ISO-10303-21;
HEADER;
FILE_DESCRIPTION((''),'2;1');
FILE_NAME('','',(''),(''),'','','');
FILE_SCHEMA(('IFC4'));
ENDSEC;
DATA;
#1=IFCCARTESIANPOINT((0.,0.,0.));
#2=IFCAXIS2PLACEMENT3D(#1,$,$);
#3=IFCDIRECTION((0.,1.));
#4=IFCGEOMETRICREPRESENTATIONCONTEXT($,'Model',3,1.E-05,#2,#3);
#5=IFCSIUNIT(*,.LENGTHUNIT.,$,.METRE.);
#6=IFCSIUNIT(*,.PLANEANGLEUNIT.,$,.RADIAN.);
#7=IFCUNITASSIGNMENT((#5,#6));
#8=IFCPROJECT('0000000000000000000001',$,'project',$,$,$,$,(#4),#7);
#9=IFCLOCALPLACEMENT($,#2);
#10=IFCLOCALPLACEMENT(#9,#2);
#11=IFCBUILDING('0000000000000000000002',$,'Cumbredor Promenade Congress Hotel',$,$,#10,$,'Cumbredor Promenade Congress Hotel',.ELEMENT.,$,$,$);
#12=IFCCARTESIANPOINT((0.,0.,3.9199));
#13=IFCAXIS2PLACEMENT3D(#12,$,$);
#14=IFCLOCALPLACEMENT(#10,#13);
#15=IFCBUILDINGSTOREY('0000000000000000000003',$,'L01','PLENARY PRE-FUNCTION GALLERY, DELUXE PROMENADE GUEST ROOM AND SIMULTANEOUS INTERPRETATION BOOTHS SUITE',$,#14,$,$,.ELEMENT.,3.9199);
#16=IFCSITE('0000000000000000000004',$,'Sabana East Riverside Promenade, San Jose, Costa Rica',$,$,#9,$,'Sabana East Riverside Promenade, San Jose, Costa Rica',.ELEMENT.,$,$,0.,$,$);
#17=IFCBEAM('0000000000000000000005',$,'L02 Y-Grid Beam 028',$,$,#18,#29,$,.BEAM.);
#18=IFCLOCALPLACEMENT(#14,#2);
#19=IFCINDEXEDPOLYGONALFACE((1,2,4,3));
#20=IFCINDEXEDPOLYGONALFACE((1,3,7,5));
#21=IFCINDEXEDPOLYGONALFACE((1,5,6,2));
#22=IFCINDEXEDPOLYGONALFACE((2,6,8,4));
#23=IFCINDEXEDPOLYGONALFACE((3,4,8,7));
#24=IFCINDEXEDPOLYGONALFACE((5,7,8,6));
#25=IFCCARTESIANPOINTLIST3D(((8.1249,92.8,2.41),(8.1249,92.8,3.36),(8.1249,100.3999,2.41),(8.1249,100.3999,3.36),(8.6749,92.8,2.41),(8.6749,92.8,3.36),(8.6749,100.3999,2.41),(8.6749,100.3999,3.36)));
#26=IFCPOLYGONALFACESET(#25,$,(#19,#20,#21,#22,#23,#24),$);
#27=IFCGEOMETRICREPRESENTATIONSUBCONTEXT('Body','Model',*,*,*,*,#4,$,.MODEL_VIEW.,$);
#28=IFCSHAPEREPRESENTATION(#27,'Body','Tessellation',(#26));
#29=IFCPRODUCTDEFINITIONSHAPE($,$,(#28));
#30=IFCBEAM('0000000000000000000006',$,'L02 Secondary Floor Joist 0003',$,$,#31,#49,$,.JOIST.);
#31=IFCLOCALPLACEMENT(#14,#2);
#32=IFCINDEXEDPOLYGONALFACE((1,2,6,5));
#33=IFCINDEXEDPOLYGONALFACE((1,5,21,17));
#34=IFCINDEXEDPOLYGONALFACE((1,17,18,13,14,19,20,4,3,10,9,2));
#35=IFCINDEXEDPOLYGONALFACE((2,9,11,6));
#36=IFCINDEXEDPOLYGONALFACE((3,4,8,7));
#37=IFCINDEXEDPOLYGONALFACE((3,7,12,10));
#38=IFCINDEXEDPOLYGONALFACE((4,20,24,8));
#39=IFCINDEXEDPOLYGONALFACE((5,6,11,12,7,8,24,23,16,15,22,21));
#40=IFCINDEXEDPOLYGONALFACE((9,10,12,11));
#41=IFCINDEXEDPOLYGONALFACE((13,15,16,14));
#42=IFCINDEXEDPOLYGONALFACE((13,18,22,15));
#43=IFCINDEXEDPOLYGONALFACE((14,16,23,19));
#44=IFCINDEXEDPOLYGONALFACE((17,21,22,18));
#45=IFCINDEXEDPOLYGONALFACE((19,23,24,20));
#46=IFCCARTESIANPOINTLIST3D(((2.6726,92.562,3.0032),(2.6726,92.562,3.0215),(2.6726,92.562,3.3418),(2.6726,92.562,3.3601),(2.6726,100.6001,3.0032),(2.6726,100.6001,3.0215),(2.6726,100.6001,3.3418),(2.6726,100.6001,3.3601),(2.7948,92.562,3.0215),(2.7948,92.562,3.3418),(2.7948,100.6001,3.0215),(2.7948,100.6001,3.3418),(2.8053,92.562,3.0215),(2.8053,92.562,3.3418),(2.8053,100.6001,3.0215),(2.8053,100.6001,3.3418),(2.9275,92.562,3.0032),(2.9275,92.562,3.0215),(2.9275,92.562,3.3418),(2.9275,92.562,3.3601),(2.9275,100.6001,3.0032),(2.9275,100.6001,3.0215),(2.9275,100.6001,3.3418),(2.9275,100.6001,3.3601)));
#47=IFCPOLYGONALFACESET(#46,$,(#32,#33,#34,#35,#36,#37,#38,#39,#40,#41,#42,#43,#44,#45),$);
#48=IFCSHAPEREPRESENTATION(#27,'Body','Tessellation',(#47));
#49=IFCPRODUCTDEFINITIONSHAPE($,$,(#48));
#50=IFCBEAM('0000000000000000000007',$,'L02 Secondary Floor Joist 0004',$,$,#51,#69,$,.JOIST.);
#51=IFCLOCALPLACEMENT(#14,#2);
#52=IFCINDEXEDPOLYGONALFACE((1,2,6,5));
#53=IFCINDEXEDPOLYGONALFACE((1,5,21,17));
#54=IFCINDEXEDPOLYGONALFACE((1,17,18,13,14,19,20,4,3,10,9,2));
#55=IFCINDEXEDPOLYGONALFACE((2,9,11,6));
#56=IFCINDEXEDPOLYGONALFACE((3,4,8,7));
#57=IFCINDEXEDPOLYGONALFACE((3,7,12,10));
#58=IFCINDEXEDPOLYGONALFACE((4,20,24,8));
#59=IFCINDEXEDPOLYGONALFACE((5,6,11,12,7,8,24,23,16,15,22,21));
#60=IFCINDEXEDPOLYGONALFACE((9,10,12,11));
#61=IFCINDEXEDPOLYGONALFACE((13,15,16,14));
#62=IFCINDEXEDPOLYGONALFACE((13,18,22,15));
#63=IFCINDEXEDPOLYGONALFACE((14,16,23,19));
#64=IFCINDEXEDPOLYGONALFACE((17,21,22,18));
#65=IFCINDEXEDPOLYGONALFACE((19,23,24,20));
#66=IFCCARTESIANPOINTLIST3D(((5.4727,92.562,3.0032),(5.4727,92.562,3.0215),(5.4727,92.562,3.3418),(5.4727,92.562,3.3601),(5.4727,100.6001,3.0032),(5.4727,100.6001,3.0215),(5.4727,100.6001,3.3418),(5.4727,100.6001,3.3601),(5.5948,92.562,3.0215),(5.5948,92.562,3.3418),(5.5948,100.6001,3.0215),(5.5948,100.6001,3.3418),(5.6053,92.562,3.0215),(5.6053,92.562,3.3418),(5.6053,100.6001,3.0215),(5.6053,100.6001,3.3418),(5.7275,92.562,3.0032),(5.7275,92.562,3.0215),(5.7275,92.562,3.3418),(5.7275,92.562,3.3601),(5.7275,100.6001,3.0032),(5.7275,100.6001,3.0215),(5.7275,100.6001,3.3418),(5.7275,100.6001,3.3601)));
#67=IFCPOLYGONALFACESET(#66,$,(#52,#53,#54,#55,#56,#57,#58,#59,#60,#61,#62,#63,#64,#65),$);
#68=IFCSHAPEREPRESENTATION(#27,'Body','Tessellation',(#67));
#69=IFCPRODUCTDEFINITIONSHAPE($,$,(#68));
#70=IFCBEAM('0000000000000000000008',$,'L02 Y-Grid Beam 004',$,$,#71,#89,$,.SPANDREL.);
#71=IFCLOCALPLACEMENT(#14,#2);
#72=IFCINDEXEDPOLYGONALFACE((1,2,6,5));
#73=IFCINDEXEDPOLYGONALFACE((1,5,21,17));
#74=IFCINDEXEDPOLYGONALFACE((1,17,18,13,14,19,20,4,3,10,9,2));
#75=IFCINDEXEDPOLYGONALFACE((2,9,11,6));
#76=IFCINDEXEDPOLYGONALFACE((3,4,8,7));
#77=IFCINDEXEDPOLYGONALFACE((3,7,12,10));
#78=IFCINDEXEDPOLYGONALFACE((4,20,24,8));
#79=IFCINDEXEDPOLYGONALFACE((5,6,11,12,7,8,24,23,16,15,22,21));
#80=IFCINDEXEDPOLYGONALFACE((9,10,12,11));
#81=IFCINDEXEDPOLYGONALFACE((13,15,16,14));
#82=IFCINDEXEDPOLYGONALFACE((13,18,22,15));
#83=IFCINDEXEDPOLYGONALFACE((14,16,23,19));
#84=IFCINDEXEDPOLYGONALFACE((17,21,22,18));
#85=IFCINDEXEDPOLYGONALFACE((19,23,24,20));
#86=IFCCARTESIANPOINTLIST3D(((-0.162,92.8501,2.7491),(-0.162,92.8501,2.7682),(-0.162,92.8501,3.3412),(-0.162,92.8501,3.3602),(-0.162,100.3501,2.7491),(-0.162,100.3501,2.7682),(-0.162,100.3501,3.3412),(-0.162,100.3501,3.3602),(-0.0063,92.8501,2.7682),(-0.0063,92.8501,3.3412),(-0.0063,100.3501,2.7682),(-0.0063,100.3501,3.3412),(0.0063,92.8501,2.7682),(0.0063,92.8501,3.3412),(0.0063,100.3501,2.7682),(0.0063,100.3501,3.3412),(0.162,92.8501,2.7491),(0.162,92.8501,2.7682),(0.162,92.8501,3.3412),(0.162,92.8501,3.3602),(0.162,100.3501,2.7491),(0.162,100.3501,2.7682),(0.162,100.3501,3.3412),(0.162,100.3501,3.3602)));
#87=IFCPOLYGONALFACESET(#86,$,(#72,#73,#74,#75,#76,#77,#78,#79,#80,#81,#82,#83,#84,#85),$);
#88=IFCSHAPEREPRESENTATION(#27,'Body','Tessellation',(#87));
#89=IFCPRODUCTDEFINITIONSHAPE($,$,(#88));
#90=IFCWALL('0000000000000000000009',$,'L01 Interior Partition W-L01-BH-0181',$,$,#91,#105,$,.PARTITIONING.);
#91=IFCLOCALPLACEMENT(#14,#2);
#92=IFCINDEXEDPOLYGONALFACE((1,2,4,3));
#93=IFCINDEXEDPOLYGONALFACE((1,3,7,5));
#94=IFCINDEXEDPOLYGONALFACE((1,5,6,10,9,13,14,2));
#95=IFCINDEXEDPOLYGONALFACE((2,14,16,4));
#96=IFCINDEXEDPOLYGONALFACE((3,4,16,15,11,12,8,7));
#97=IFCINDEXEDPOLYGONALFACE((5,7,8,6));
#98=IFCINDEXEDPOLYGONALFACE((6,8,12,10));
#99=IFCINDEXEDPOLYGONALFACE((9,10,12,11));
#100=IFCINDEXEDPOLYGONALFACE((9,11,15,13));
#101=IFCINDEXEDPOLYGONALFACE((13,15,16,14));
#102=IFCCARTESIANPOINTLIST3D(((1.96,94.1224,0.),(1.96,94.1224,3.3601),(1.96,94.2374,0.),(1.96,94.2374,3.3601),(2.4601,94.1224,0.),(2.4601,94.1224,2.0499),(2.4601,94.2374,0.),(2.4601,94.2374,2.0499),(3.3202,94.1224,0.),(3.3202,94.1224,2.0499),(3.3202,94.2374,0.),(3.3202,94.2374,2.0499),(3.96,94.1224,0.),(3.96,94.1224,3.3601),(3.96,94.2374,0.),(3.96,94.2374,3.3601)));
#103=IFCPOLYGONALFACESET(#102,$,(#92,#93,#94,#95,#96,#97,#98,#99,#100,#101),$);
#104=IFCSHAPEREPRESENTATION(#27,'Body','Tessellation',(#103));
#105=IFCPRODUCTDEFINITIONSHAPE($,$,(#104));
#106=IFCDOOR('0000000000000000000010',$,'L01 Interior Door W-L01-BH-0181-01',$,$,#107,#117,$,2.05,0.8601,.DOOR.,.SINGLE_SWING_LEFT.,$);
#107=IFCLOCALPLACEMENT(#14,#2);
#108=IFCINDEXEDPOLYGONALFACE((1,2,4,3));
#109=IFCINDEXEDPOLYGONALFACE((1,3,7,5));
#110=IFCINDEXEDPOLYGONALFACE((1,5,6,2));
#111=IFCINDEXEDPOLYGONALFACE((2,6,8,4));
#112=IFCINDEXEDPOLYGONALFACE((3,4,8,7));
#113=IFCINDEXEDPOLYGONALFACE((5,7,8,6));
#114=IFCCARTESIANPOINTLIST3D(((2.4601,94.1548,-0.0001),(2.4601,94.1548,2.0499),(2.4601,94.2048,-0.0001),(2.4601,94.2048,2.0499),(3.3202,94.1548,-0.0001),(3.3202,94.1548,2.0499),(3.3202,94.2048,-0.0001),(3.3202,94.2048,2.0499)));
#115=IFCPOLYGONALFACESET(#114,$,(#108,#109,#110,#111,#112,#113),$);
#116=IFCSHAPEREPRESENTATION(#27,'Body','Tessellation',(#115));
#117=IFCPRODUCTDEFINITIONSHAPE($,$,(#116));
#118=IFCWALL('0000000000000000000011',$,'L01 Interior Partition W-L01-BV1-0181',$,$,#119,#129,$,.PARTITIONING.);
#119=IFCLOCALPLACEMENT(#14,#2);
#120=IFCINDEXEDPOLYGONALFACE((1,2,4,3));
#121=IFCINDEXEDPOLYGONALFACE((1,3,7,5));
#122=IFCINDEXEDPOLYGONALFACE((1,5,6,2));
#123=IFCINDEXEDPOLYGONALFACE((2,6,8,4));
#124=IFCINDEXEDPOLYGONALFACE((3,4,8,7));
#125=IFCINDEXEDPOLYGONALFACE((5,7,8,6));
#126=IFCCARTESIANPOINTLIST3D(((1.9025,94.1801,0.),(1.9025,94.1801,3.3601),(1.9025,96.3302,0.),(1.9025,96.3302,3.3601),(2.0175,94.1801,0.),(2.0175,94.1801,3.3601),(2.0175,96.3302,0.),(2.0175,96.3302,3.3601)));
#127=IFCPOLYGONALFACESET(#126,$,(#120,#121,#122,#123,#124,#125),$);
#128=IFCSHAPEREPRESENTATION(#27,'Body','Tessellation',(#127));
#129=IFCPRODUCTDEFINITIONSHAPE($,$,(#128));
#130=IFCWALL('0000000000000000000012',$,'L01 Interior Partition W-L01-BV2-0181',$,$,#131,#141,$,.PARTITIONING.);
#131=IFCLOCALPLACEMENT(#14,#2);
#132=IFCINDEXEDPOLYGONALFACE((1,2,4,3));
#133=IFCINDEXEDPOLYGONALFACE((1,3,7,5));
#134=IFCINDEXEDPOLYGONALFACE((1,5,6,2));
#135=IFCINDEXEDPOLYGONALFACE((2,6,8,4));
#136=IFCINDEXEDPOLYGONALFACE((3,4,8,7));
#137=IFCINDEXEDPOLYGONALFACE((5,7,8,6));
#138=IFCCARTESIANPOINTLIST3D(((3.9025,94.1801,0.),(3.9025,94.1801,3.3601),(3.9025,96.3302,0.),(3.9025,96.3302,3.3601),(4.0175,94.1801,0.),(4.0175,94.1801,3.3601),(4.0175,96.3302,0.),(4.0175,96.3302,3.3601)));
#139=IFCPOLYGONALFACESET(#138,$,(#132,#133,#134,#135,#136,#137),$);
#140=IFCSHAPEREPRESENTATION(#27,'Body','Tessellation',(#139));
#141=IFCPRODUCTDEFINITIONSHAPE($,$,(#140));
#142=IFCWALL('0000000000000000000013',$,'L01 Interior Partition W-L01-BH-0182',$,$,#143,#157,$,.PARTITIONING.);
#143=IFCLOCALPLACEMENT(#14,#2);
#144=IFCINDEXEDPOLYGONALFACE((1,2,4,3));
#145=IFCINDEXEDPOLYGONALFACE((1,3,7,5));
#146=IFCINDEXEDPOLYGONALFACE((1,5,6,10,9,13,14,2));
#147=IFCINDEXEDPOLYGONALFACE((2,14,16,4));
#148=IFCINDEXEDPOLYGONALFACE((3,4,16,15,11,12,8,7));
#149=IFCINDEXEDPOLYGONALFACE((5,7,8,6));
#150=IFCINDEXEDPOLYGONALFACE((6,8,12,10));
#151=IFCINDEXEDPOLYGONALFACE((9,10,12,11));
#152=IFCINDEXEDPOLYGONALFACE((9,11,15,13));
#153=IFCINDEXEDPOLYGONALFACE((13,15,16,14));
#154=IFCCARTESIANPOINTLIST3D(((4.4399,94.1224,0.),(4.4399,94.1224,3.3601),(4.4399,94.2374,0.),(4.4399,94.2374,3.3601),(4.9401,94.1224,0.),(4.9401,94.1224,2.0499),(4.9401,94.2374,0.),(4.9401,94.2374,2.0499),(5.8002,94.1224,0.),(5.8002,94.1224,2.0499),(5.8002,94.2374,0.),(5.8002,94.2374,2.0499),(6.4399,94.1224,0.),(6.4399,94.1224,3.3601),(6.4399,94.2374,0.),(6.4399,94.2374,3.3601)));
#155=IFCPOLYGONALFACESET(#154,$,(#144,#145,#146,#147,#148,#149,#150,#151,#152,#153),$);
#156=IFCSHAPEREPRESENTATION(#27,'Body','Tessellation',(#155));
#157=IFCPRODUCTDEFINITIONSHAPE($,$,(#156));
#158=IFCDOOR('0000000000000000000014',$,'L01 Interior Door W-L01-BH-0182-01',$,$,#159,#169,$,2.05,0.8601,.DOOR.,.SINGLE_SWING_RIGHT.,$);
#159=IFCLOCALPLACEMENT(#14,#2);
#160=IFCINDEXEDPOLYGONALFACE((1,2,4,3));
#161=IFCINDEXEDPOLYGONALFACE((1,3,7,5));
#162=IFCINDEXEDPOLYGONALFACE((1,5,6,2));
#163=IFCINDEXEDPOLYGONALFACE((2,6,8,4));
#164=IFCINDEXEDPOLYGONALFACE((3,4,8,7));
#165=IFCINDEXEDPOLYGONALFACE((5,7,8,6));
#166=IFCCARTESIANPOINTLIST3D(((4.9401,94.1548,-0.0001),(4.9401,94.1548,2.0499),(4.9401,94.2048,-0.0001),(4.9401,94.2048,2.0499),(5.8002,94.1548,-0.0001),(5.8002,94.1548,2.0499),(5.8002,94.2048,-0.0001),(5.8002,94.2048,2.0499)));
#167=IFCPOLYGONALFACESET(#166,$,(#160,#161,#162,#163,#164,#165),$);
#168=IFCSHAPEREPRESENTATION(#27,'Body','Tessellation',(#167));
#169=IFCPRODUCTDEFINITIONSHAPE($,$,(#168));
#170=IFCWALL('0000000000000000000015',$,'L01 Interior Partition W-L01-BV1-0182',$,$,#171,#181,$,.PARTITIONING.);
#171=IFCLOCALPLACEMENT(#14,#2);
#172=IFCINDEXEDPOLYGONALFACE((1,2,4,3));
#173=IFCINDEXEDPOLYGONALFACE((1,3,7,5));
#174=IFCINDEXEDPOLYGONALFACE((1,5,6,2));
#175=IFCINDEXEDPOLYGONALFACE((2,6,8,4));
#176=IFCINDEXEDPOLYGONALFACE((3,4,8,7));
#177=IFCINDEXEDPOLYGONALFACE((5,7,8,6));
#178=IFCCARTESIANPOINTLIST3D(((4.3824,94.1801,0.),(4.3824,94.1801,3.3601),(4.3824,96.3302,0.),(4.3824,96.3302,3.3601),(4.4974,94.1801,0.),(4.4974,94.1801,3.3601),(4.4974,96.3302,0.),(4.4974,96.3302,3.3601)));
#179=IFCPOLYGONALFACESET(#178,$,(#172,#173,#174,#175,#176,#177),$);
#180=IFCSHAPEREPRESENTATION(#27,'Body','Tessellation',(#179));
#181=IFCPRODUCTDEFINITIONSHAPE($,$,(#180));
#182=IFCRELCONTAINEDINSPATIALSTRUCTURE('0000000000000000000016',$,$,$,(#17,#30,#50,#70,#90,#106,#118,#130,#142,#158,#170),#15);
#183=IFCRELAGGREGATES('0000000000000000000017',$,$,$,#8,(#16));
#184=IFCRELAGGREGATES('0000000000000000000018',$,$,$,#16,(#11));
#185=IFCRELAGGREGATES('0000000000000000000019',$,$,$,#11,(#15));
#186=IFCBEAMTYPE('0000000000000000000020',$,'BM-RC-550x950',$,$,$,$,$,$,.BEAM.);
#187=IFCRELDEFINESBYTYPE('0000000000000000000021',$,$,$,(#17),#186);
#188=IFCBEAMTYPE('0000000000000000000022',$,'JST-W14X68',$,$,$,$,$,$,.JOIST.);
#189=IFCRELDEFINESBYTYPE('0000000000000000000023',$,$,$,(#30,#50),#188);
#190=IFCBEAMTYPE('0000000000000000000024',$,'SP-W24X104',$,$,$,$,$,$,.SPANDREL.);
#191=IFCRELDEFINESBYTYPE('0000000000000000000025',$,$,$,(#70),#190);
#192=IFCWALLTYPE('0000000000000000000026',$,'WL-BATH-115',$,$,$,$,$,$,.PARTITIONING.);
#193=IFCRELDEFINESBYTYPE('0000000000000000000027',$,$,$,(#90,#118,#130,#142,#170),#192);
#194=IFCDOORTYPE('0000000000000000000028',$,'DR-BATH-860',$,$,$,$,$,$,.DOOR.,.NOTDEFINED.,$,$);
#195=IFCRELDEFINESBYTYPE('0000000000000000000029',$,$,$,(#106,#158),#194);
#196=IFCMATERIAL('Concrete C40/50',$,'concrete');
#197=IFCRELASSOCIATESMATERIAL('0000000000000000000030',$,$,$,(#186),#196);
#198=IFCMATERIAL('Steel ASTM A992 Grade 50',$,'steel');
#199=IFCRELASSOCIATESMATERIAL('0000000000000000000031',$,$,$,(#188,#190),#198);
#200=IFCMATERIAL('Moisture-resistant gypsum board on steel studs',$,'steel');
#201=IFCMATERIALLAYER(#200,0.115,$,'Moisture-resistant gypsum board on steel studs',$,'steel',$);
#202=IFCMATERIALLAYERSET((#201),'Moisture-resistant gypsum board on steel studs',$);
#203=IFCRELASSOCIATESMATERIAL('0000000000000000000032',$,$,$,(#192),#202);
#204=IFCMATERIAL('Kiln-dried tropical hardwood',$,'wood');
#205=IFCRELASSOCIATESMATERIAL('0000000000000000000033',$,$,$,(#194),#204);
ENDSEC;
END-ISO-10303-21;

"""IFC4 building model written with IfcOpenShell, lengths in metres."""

from ifc_helpers import new_model, si_unit, direction, frame, frame_2d, origin, origin_2d, place, context, subcontext, project, spatial, rectangle, i_section, extrude, material, layer, layer_set, material_profile, profile_set, type_object, element, fill, save


model = new_model("IFC4")

# Units and contexts
model_context = context("Model", 3, precision=1e-05, world=origin(), true_north=direction((0.0, 1.0)))
body_context = subcontext(model_context, "Body", "Model", "MODEL_VIEW")
ifc_project = project(units=[si_unit("LENGTHUNIT", "METRE"), si_unit("PLANEANGLEUNIT", "RADIAN")], contexts=[model_context])

# Site, building, storey
site_placement = place(None, origin())
site = spatial("IfcSite", under=ifc_project, at=site_placement, Name="Sabana East Riverside Promenade, San Jose, Costa Rica", LongName="Sabana East Riverside Promenade, San Jose, Costa Rica", CompositionType="ELEMENT", RefElevation=0.0)
building_placement = place(site_placement, origin())
building = spatial("IfcBuilding", under=site, at=building_placement, Name="Cumbredor Promenade Congress Hotel", LongName="Cumbredor Promenade Congress Hotel", CompositionType="ELEMENT")
storey_placement = place(building_placement, frame((0.0, 0.0, 3.9199)))
storey = spatial("IfcBuildingStorey", under=building, at=storey_placement, Name="L01", Description="PLENARY PRE-FUNCTION GALLERY, DELUXE PROMENADE GUEST ROOM AND SIMULTANEOUS INTERPRETATION BOOTHS SUITE", CompositionType="ELEMENT", Elevation=3.9199)

# Beams
ifc_material_1 = material(Name="Concrete C40/50", Category="concrete")
ifc_material_profile_1 = material_profile(ifc_material_1, rectangle(XDim=0.55, YDim=0.95, at=origin_2d()), Name="RC BEAM 550x950")
ifc_profile_set_1 = profile_set([ifc_material_profile_1], Name="Concrete C40/50")
beam_type_1 = type_object("IfcBeamType", Name="BM-RC-550x950", PredefinedType="BEAM", material=ifc_profile_set_1)
beam_1_placement = place(storey_placement, frame((8.3999, 92.8, 2.885), z_axis=(0.0, 1.0, 0.0), x_axis=(-1.0, 0.0, 0.0)))
element("IfcBeam", 1, at=beam_1_placement, inside=storey, type_object=beam_type_1, Name="L02 Y-Grid Beam 028", PredefinedType="BEAM", context=body_context, shape_type="SweptSolid", body=[
    extrude(rectangle(XDim=0.55, YDim=0.95, at=origin_2d()), origin(), (0.0, 0.0, 1.0), 7.5999),
])
ifc_material_2 = material(Name="Steel ASTM A992 Grade 50", Category="steel")
ifc_material_profile_2 = material_profile(ifc_material_2, i_section(OverallWidth=0.2549, OverallDepth=0.3569, WebThickness=0.0105, FlangeThickness=0.0183, at=origin_2d()), Name="W14X68")
ifc_profile_set_2 = profile_set([ifc_material_profile_2], Name="Steel ASTM A992 Grade 50")
beam_type_2 = type_object("IfcBeamType", Name="JST-W14X68", PredefinedType="JOIST", material=ifc_profile_set_2)
for number, where, z_axis, x_axis, name in (
    (2, (2.8, 92.562, 3.1816), (0.0, 1.0, 0.0), (-1.0, 0.0, 0.0), "L02 Secondary Floor Joist 0003"),
    (3, (5.6001, 92.562, 3.1816), (0.0, 1.0, 0.0), (-1.0, 0.0, 0.0), "L02 Secondary Floor Joist 0004"),
):
    element("IfcBeam", number, at=place(storey_placement, frame(where, z_axis=z_axis, x_axis=x_axis)), inside=storey, type_object=beam_type_2, Name=name, PredefinedType="JOIST", context=body_context, shape_type="SweptSolid", body=[
        extrude(i_section(OverallWidth=0.2549, OverallDepth=0.3569, WebThickness=0.0105, FlangeThickness=0.0183, at=origin_2d()), origin(), (0.0, 0.0, 1.0), 8.0381),
    ])
ifc_material_profile_3 = material_profile(ifc_material_2, i_section(OverallWidth=0.324, OverallDepth=0.6111, WebThickness=0.0127, FlangeThickness=0.019, at=origin_2d()), Name="W24X104")
ifc_profile_set_3 = profile_set([ifc_material_profile_3], Name="Steel ASTM A992 Grade 50")
beam_type_3 = type_object("IfcBeamType", Name="SP-W24X104", PredefinedType="SPANDREL", material=ifc_profile_set_3)
beam_2_placement = place(storey_placement, frame((0.0, 92.8501, 3.0547), z_axis=(0.0, 1.0, 0.0), x_axis=(-1.0, 0.0, 0.0)))
element("IfcBeam", 4, at=beam_2_placement, inside=storey, type_object=beam_type_3, Name="L02 Y-Grid Beam 004", PredefinedType="SPANDREL", context=body_context, shape_type="SweptSolid", body=[
    extrude(i_section(OverallWidth=0.324, OverallDepth=0.6111, WebThickness=0.0127, FlangeThickness=0.019, at=origin_2d()), origin(), (0.0, 0.0, 1.0), 7.5),
])

# Wall, opening, door
ifc_material_3 = material(Name="Moisture-resistant gypsum board on steel studs", Category="steel")
ifc_layer_1 = layer(ifc_material_3, 0.115, Name="Moisture-resistant gypsum board on steel studs", Category="steel")
ifc_layer_set_1 = layer_set([ifc_layer_1], Name="Moisture-resistant gypsum board on steel studs")
wall_type_1 = type_object("IfcWallType", Name="WL-BATH-115", PredefinedType="PARTITIONING", material=ifc_layer_set_1)
wall_1_placement = place(storey_placement, frame((1.96, 94.1799, 0.0), z_axis=(0.0, 0.0, 1.0), x_axis=(1.0, 0.0, 0.0)))
wall_1 = element("IfcWall", 5, at=wall_1_placement, inside=storey, type_object=wall_type_1, Name="L01 Interior Partition W-L01-BH-0181", PredefinedType="PARTITIONING", context=body_context, shape_type="SweptSolid", body=[
    extrude(rectangle(XDim=2.0, YDim=0.115, at=frame_2d((1.0, 0.0))), origin(), (0.0, 0.0, 1.0), 3.3601),
])
opening_1_placement = place(wall_1_placement, frame((0.5, 0.0, 0.0)))
opening_1 = element("IfcOpeningElement", 6, at=opening_1_placement, cuts=wall_1, PredefinedType="OPENING", context=body_context, shape_type="SweptSolid", body=[
    extrude(rectangle(XDim=0.8601, YDim=2.05, at=frame_2d((0.4302, 1.0249))), frame((0.0, 0.0674, 0.0), z_axis=(0.0, -1.0, 0.0), x_axis=(1.0, 0.0, 0.0)), (0.0, 0.0, 1.0), 0.135),
])
ifc_material_4 = material(Name="Kiln-dried tropical hardwood", Category="wood")
door_type = type_object("IfcDoorType", Name="DR-BATH-860", OperationType="NOTDEFINED", PredefinedType="DOOR", material=ifc_material_4)
door_1_placement = place(opening_1_placement, origin())
door_1 = element("IfcDoor", 7, at=door_1_placement, inside=storey, type_object=door_type, Name="L01 Interior Door W-L01-BH-0181-01", OperationType="SINGLE_SWING_LEFT", OverallHeight=2.05, OverallWidth=0.8601, PredefinedType="DOOR", context=body_context, shape_type="SweptSolid", body=[
    extrude(rectangle(XDim=0.8601, YDim=2.05, at=frame_2d((0.4302, 1.0249))), frame((0.0, 0.0249, 0.0), z_axis=(0.0, -1.0, 0.0), x_axis=(1.0, 0.0, 0.0)), (0.0, 0.0, 1.0), 0.05),
])
fill(opening_1, door_1)

# Walls
for number, where, z_axis, x_axis, name in (
    (8, (1.96, 94.1799, 0.0), (0.0, 0.0, 1.0), (0.0, 1.0, 0.0), "L01 Interior Partition W-L01-BV1-0181"),
    (9, (3.96, 94.1799, 0.0), (0.0, 0.0, 1.0), (0.0, 1.0, 0.0), "L01 Interior Partition W-L01-BV2-0181"),
):
    element("IfcWall", number, at=place(storey_placement, frame(where, z_axis=z_axis, x_axis=x_axis)), inside=storey, type_object=wall_type_1, Name=name, PredefinedType="PARTITIONING", context=body_context, shape_type="SweptSolid", body=[
        extrude(rectangle(XDim=2.1501, YDim=0.115, at=frame_2d((1.0752, 0.0))), origin(), (0.0, 0.0, 1.0), 3.3601),
    ])

# Wall, opening, door
wall_2_placement = place(storey_placement, frame((4.4399, 94.1799, 0.0), z_axis=(0.0, 0.0, 1.0), x_axis=(1.0, 0.0, 0.0)))
wall_2 = element("IfcWall", 10, at=wall_2_placement, inside=storey, type_object=wall_type_1, Name="L01 Interior Partition W-L01-BH-0182", PredefinedType="PARTITIONING", context=body_context, shape_type="SweptSolid", body=[
    extrude(rectangle(XDim=2.0, YDim=0.115, at=frame_2d((1.0, 0.0))), origin(), (0.0, 0.0, 1.0), 3.3601),
])
opening_2_placement = place(wall_2_placement, frame((0.5, 0.0, 0.0)))
opening_2 = element("IfcOpeningElement", 11, at=opening_2_placement, cuts=wall_2, PredefinedType="OPENING", context=body_context, shape_type="SweptSolid", body=[
    extrude(rectangle(XDim=0.8601, YDim=2.05, at=frame_2d((0.4302, 1.0249))), frame((0.0, 0.0674, 0.0), z_axis=(0.0, -1.0, 0.0), x_axis=(1.0, 0.0, 0.0)), (0.0, 0.0, 1.0), 0.135),
])
door_2_placement = place(opening_2_placement, origin())
door_2 = element("IfcDoor", 12, at=door_2_placement, inside=storey, type_object=door_type, Name="L01 Interior Door W-L01-BH-0182-01", OperationType="SINGLE_SWING_RIGHT", OverallHeight=2.05, OverallWidth=0.8601, PredefinedType="DOOR", context=body_context, shape_type="SweptSolid", body=[
    extrude(rectangle(XDim=0.8601, YDim=2.05, at=frame_2d((0.4302, 1.0249))), frame((0.0, 0.0249, 0.0), z_axis=(0.0, -1.0, 0.0), x_axis=(1.0, 0.0, 0.0)), (0.0, 0.0, 1.0), 0.05),
])
fill(opening_2, door_2)

# Wall
for number, where, z_axis, x_axis, name in (
    (13, (4.4399, 94.1799, 0.0), (0.0, 0.0, 1.0), (0.0, 1.0, 0.0), "L01 Interior Partition W-L01-BV1-0182"),
):
    element("IfcWall", number, at=place(storey_placement, frame(where, z_axis=z_axis, x_axis=x_axis)), inside=storey, type_object=wall_type_1, Name=name, PredefinedType="PARTITIONING", context=body_context, shape_type="SweptSolid", body=[
        extrude(rectangle(XDim=2.1501, YDim=0.115, at=frame_2d((1.0752, 0.0))), origin(), (0.0, 0.0, 1.0), 3.3601),
    ])

save(model, "model.ifc")
